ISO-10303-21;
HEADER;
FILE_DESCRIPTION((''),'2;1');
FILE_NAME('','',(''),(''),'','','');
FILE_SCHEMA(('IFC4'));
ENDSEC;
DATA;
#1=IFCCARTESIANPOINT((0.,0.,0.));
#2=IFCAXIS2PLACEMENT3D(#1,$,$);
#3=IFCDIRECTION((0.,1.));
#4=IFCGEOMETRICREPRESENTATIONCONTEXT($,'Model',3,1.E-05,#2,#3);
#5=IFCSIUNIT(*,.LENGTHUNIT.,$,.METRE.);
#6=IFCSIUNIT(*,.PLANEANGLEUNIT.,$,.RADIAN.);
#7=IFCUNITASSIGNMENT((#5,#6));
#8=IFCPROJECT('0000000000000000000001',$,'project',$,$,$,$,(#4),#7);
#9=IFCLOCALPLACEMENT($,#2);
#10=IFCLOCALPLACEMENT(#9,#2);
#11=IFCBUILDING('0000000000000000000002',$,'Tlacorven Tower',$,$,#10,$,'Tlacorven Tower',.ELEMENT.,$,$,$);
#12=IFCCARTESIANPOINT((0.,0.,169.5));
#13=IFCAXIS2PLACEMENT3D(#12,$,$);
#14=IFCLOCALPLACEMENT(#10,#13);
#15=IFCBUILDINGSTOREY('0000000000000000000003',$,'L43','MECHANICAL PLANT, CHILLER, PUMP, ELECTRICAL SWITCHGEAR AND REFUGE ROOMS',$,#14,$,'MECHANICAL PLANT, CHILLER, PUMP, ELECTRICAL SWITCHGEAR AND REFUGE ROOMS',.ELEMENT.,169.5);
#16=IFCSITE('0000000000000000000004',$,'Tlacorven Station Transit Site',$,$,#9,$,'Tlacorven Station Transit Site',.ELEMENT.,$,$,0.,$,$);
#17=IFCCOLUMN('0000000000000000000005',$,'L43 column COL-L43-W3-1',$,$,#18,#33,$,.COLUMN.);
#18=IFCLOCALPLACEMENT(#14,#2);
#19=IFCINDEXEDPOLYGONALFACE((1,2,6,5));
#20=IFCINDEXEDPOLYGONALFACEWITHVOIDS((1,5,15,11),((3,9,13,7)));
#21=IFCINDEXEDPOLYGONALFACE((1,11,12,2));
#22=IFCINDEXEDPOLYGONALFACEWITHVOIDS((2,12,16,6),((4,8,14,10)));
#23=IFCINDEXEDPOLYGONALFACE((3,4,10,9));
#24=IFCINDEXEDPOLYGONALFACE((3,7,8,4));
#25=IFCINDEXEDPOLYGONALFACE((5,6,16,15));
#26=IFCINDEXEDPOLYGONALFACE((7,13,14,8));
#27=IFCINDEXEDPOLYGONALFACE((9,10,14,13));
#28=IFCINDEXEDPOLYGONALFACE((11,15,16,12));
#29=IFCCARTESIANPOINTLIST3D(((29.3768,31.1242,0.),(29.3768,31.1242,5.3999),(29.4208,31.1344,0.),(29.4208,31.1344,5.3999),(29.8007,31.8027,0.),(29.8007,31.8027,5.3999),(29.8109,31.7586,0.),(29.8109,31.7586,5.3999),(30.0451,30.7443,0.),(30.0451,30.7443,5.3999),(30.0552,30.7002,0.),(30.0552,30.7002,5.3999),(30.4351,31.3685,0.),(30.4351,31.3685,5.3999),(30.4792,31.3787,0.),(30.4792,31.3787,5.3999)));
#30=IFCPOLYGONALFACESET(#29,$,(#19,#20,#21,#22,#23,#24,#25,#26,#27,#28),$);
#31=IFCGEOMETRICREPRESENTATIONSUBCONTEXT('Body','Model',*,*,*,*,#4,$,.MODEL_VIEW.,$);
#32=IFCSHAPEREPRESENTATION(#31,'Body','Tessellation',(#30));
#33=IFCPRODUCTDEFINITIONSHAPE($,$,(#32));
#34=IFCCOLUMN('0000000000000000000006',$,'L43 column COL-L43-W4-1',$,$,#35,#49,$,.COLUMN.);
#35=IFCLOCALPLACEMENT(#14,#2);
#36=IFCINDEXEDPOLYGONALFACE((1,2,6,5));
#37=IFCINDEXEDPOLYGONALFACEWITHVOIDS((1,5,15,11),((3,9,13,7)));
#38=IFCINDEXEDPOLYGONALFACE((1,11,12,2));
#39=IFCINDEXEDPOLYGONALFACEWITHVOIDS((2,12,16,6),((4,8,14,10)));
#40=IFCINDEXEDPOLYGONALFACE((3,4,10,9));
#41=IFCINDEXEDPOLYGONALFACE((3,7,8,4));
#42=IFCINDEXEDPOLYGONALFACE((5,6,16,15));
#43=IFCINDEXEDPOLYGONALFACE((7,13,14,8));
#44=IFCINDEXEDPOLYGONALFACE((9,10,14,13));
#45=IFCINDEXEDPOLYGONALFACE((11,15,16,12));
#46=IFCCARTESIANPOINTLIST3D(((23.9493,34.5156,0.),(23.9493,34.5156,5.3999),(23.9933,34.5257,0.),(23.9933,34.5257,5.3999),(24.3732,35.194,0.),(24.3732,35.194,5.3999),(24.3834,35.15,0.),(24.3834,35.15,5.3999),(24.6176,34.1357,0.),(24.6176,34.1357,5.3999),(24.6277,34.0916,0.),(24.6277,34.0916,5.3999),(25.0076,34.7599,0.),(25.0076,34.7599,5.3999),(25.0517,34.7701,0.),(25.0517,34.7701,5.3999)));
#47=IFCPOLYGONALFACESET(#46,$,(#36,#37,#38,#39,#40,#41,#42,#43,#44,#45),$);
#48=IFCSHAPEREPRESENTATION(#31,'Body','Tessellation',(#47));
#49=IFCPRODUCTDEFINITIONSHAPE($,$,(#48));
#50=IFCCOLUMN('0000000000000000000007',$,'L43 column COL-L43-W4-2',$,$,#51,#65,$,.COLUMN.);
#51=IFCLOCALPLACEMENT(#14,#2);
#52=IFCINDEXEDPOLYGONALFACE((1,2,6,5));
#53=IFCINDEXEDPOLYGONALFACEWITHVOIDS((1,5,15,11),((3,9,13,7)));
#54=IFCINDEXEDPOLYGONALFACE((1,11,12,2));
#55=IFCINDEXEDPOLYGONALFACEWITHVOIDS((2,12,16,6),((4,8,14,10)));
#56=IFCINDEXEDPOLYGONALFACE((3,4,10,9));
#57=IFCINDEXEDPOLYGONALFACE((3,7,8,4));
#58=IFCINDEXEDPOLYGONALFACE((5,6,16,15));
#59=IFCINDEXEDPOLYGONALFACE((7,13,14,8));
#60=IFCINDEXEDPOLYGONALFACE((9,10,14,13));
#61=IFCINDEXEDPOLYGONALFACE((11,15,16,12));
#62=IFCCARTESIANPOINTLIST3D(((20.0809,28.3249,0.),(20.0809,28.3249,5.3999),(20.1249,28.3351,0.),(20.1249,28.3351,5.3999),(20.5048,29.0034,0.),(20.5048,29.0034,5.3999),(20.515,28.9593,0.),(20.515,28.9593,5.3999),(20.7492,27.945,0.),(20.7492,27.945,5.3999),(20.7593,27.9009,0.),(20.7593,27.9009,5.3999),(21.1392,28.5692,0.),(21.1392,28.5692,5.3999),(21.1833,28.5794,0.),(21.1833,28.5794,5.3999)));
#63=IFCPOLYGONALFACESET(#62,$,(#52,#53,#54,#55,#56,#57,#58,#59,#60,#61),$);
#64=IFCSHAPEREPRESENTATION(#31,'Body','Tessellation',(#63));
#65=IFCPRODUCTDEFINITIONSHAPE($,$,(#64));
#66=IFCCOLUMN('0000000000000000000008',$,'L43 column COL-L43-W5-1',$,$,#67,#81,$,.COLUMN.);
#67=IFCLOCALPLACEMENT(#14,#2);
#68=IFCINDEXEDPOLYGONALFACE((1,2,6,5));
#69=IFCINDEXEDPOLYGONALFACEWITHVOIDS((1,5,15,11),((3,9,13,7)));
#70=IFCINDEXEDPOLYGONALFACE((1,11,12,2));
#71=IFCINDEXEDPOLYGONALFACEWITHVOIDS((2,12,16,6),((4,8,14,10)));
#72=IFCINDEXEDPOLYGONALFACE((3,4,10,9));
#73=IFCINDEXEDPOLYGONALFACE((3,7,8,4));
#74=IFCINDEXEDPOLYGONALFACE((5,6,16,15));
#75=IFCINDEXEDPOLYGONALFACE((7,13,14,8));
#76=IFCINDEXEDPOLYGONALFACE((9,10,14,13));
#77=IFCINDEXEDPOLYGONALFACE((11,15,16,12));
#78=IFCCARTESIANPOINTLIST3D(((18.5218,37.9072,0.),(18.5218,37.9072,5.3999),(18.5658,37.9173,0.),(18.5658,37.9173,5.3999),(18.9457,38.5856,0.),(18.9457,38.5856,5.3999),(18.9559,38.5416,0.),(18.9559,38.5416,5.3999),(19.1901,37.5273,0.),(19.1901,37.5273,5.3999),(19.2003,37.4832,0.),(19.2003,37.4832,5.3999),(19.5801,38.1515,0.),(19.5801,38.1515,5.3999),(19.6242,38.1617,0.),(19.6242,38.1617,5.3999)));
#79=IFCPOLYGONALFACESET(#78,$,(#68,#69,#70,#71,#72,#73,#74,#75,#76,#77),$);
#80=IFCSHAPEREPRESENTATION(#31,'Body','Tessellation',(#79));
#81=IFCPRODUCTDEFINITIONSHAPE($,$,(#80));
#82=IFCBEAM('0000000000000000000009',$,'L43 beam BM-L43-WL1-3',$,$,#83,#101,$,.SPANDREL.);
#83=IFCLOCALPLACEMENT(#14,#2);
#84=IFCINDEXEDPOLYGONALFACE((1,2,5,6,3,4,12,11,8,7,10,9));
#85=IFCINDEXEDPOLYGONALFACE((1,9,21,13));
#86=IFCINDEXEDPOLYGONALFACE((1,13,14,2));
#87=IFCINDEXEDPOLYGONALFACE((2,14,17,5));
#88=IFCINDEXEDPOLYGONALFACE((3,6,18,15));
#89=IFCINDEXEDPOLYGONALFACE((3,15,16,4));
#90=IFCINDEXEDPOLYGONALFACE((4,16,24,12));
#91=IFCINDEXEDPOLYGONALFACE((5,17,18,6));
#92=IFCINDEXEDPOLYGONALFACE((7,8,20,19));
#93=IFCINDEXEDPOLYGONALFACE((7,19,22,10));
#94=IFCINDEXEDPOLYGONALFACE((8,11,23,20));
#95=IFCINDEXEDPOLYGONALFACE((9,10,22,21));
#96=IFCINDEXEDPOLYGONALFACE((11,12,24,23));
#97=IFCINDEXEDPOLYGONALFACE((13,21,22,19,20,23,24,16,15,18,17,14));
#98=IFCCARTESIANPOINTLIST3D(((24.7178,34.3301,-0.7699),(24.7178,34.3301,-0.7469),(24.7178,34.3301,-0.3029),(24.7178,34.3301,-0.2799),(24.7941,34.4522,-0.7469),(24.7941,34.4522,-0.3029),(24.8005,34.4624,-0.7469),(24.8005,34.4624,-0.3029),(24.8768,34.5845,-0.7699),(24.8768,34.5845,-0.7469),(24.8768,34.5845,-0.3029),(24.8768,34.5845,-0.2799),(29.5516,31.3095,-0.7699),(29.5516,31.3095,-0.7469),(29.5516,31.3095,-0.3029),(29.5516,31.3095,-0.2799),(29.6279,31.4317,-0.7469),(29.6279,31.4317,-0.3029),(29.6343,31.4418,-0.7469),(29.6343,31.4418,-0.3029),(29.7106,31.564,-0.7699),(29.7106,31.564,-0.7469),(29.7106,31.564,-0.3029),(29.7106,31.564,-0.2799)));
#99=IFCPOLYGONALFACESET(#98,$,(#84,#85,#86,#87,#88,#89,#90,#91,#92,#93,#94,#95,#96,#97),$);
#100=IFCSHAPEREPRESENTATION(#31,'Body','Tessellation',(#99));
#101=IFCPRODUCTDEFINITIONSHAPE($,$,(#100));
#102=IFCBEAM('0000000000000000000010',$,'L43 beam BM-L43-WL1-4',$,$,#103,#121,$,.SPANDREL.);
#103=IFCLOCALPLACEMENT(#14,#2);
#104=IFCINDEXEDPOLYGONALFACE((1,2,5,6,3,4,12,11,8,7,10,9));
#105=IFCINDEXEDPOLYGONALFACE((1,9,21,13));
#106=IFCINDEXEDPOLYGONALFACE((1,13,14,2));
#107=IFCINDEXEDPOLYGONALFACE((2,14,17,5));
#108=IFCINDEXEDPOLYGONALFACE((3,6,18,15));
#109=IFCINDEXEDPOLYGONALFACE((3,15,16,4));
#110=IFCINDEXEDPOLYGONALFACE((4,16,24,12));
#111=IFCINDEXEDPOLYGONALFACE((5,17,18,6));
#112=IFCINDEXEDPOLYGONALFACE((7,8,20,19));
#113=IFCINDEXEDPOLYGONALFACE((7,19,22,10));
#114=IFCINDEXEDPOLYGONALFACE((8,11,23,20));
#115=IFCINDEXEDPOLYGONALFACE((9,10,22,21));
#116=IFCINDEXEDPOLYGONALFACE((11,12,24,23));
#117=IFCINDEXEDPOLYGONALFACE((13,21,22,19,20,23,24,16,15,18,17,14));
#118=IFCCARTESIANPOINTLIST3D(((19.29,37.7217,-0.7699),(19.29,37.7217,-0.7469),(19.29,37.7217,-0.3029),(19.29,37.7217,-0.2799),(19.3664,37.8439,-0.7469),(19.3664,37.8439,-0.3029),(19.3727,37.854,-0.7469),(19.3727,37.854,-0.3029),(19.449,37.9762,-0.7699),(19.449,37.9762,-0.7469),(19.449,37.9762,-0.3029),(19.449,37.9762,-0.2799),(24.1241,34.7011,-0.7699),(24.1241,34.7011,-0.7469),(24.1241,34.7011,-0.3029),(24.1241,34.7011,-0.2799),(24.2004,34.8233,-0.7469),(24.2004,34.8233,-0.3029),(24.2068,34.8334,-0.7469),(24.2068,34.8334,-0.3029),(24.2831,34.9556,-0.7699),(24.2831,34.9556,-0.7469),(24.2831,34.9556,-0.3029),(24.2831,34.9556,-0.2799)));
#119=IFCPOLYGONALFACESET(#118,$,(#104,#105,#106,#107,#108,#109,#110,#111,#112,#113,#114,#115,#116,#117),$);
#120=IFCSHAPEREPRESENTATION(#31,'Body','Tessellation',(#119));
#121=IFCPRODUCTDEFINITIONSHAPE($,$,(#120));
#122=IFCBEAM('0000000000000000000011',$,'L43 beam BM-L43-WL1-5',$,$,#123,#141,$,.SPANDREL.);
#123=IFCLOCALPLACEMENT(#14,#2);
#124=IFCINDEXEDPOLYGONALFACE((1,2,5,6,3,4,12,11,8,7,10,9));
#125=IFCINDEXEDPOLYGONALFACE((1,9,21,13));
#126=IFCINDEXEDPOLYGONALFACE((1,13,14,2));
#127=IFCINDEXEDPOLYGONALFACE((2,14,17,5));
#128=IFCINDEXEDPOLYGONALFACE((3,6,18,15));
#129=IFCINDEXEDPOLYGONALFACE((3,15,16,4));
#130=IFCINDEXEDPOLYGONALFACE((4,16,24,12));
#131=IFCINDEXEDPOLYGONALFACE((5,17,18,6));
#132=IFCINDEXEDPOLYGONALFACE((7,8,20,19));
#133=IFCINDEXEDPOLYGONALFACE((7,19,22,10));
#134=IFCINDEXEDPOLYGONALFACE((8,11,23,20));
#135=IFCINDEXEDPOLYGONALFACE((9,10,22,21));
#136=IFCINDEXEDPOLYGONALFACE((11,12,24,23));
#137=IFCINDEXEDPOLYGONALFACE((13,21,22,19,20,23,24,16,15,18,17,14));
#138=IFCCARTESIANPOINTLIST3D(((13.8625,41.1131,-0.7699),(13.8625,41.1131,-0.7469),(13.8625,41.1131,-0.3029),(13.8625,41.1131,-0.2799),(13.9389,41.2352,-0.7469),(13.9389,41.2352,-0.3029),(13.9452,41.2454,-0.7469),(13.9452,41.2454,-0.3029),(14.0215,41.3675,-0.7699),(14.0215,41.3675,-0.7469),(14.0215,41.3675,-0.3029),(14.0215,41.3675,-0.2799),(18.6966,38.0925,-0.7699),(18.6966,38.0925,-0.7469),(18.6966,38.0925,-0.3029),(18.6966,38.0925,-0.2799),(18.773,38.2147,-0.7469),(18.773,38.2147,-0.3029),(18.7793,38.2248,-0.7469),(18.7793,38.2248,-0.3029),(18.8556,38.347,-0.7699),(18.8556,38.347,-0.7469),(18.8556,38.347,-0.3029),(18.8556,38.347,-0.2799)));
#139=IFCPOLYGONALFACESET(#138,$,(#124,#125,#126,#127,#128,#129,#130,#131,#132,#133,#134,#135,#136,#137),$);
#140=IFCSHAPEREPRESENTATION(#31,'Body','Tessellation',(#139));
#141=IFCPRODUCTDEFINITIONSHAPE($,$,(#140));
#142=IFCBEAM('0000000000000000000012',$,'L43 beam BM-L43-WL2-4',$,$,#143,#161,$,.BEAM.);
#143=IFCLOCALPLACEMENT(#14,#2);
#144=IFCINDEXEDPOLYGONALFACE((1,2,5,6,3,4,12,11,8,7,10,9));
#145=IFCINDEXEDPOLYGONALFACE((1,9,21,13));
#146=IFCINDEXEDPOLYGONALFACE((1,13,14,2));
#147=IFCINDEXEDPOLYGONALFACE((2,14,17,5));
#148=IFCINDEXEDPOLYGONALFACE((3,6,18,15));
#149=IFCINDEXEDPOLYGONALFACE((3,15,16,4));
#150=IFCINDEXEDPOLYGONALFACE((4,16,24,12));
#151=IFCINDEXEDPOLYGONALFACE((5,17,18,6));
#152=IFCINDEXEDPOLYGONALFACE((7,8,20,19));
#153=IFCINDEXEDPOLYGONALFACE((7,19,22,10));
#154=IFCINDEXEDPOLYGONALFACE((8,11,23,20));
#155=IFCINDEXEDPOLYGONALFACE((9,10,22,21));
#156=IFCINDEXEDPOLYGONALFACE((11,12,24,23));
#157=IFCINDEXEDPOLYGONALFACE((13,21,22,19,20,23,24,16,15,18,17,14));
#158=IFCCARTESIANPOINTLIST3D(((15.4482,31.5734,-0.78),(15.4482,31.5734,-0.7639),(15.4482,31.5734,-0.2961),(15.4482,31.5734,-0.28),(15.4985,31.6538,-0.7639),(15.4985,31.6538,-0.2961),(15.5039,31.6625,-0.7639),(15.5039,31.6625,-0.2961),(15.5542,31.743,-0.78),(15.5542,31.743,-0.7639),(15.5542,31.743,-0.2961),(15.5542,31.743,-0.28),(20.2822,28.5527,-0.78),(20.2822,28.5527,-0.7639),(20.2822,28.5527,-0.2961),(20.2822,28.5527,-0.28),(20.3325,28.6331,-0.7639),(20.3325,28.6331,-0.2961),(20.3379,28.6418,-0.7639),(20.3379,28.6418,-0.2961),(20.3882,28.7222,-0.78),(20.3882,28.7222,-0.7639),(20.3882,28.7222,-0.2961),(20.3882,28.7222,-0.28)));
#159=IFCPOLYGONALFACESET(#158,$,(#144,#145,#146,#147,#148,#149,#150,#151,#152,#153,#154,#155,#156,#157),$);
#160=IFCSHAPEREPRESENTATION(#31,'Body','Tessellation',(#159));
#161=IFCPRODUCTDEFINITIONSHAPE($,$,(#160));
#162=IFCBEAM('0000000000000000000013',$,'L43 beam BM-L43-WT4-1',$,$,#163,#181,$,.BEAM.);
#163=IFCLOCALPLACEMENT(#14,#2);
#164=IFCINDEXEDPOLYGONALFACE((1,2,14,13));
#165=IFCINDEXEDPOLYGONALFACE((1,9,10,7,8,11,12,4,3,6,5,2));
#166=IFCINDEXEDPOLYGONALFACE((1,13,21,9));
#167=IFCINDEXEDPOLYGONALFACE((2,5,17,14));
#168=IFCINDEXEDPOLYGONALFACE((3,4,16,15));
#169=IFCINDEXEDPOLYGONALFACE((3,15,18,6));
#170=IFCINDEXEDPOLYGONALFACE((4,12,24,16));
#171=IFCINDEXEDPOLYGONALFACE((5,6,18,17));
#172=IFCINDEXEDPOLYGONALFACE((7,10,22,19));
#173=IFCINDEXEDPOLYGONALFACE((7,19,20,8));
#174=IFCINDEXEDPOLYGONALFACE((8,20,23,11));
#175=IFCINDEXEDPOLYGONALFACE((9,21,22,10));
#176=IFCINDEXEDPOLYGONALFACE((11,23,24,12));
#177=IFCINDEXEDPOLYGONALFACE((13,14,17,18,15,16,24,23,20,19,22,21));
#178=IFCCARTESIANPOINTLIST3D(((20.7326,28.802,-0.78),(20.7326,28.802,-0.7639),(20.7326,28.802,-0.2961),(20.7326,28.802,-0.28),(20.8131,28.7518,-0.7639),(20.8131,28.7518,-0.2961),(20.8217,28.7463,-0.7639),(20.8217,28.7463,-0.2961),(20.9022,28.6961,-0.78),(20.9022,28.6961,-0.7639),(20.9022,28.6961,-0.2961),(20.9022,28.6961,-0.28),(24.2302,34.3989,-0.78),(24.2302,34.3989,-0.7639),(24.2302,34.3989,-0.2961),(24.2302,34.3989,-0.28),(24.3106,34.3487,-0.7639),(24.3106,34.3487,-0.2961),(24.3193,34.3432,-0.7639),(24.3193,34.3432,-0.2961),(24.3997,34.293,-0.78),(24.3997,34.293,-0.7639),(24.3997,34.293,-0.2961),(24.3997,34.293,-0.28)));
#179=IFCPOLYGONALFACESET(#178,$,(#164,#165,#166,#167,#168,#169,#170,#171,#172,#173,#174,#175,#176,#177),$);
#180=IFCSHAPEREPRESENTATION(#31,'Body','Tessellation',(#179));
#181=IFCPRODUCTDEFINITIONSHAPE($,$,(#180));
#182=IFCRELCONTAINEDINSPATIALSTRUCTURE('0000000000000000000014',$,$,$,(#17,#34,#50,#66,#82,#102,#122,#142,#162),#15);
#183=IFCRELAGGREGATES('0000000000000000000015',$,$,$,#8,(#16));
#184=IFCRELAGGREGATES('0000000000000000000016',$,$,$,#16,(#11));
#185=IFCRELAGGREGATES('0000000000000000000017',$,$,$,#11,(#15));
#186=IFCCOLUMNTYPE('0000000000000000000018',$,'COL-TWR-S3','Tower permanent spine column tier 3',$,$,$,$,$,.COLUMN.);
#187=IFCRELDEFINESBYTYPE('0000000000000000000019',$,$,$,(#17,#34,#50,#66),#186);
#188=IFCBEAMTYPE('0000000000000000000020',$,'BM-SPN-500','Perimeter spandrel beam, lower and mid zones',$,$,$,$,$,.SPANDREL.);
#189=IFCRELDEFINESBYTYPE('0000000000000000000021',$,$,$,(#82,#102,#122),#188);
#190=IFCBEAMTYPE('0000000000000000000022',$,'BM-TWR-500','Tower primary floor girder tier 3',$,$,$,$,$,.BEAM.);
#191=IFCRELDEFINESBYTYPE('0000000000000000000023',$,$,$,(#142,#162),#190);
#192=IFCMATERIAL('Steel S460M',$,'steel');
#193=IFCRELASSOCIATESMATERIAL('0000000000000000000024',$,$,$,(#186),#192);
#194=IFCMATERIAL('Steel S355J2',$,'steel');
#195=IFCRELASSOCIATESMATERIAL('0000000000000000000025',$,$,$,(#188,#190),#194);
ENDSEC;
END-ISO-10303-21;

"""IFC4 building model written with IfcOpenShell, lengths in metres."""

from ifc_helpers import new_model, si_unit, direction, frame, origin, origin_2d, place, context, subcontext, project, spatial, hollow_rectangle, i_section, extrude, source, transform, mapped, material, material_profile, profile_set, type_object, element, save


model = new_model("IFC4")

# Units and contexts
model_context = context("Model", 3, precision=1e-05, world=origin(), true_north=direction((0.0, 1.0)))
body_context = subcontext(model_context, "Body", "Model", "MODEL_VIEW")
ifc_project = project(units=[si_unit("LENGTHUNIT", "METRE"), si_unit("PLANEANGLEUNIT", "RADIAN")], contexts=[model_context])

# Site, building, storey
site_placement = place(None, origin())
site = spatial("IfcSite", under=ifc_project, at=site_placement, Name="Tlacorven Station Transit Site", LongName="Tlacorven Station Transit Site", CompositionType="ELEMENT", RefElevation=0.0)
building_placement = place(site_placement, origin())
building = spatial("IfcBuilding", under=site, at=building_placement, Name="Tlacorven Tower", LongName="Tlacorven Tower", CompositionType="ELEMENT")
storey_placement = place(building_placement, frame((0.0, 0.0, 169.5)))
storey = spatial("IfcBuildingStorey", under=building, at=storey_placement, Name="L43", Description="MECHANICAL PLANT, CHILLER, PUMP, ELECTRICAL SWITCHGEAR AND REFUGE ROOMS", LongName="MECHANICAL PLANT, CHILLER, PUMP, ELECTRICAL SWITCHGEAR AND REFUGE ROOMS", CompositionType="ELEMENT", Elevation=169.5)

# Columns
ifc_material_1 = material(Name="Steel S460M", Category="steel")
ifc_material_profile_1 = material_profile(ifc_material_1, hollow_rectangle(XDim=0.8, YDim=0.8, WallThickness=0.032, at=origin_2d()), Name="BOX 800X800X32")
ifc_profile_set_1 = profile_set([ifc_material_profile_1], Name="Steel S460M")
column_type = type_object("IfcColumnType", Name="COL-TWR-S3", Description="Tower permanent spine column tier 3", PredefinedType="COLUMN", material=ifc_profile_set_1)
shared_shape_1 = source(origin(), body_context, "Body", "SweptSolid", [
    extrude(hollow_rectangle(XDim=0.8, YDim=0.8, WallThickness=0.032, at=origin_2d()), origin(), (0.0, 0.0, 1.0), 5.3999),
])
for number, where, z_axis, x_axis, name in (
    (1, (29.928, 31.2515, 0.0), (0.0, 0.0, 1.0), (-0.848048, 0.529919, 0.0), "L43 column COL-L43-W3-1"),
    (2, (24.5005, 34.6428, 0.0), (0.0, 0.0, 1.0), (-0.848048, 0.529919, 0.0), "L43 column COL-L43-W4-1"),
    (3, (20.6321, 28.4521, 0.0), (0.0, 0.0, 1.0), (-0.848048, 0.529919, 0.0), "L43 column COL-L43-W4-2"),
    (4, (19.073, 38.0344, 0.0), (0.0, 0.0, 1.0), (-0.848048, 0.529919, 0.0), "L43 column COL-L43-W5-1"),
):
    element("IfcColumn", number, at=place(storey_placement, frame(where, z_axis=z_axis, x_axis=x_axis)), inside=storey, type_object=column_type, Name=name, PredefinedType="COLUMN", context=body_context, shape_type="MappedRepresentation", body=[
        mapped(shared_shape_1, transform((0.0, 0.0, 0.0), scale=1.0)),
    ])

# Beams
ifc_material_2 = material(Name="Steel S355J2", Category="steel")
ifc_material_profile_2 = material_profile(ifc_material_2, i_section(OverallWidth=0.3, OverallDepth=0.49, WebThickness=0.012, FlangeThickness=0.0229, at=origin_2d()), Name="HEA 500")
ifc_profile_set_2 = profile_set([ifc_material_profile_2], Name="Steel S355J2")
beam_type_1 = type_object("IfcBeamType", Name="BM-SPN-500", Description="Perimeter spandrel beam, lower and mid zones", PredefinedType="SPANDREL", material=ifc_profile_set_2)
shared_shape_2 = source(origin(), body_context, "Body", "SweptSolid", [
    extrude(i_section(OverallWidth=0.3, OverallDepth=0.49, WebThickness=0.012, FlangeThickness=0.0229, at=origin_2d()), origin(), (0.0, 0.0, 1.0), 5.7),
])
beam_1_placement = place(storey_placement, frame((29.6311, 31.4368, -0.5249), z_axis=(-0.848044, 0.529926, 0.0), x_axis=(-0.529926, -0.848044, 0.0)))
element("IfcBeam", 5, at=beam_1_placement, inside=storey, type_object=beam_type_1, Name="L43 beam BM-L43-WL1-3", PredefinedType="SPANDREL", context=body_context, shape_type="MappedRepresentation", body=[
    mapped(shared_shape_2, transform((0.0, 0.0, 0.0), scale=1.0)),
])
shared_shape_3 = source(origin(), body_context, "Body", "SweptSolid", [
    extrude(i_section(OverallWidth=0.3, OverallDepth=0.49, WebThickness=0.012, FlangeThickness=0.0229, at=origin_2d()), origin(), (0.0, 0.0, 1.0), 5.7002),
])
for number, where, z_axis, x_axis, name in (
    (6, (24.2036, 34.8284, -0.5249), (-0.848056, 0.529907, 0.0), (-0.529907, -0.848056, 0.0), "L43 beam BM-L43-WL1-4"),
    (7, (18.7761, 38.2197, -0.5249), (-0.848056, 0.529907, 0.0), (-0.529907, -0.848056, 0.0), "L43 beam BM-L43-WL1-5"),
):
    element("IfcBeam", number, at=place(storey_placement, frame(where, z_axis=z_axis, x_axis=x_axis)), inside=storey, type_object=beam_type_1, Name=name, PredefinedType="SPANDREL", context=body_context, shape_type="MappedRepresentation", body=[
        mapped(shared_shape_3, transform((0.0, 0.0, 0.0), scale=1.0)),
    ])
ifc_material_profile_3 = material_profile(ifc_material_2, i_section(OverallWidth=0.2, OverallDepth=0.5, WebThickness=0.0103, FlangeThickness=0.0161, at=origin_2d()), Name="IPE 500")
ifc_profile_set_3 = profile_set([ifc_material_profile_3], Name="Steel S355J2")
beam_type_2 = type_object("IfcBeamType", Name="BM-TWR-500", Description="Tower primary floor girder tier 3", PredefinedType="BEAM", material=ifc_profile_set_3)
shared_shape_4 = source(origin(), body_context, "Body", "SweptSolid", [
    extrude(i_section(OverallWidth=0.2, OverallDepth=0.5, WebThickness=0.0103, FlangeThickness=0.0161, at=origin_2d()), origin(), (0.0, 0.0, 1.0), 5.7002),
])
beam_2_placement = place(storey_placement, frame((20.3352, 28.6375, -0.53), z_axis=(-0.848037, 0.529937, 0.0), x_axis=(-0.529937, -0.848037, 0.0)))
element("IfcBeam", 8, at=beam_2_placement, inside=storey, type_object=beam_type_2, Name="L43 beam BM-L43-WL2-4", PredefinedType="BEAM", context=body_context, shape_type="MappedRepresentation", body=[
    mapped(shared_shape_4, transform((0.0, 0.0, 0.0), scale=1.0)),
])
shared_shape_5 = source(origin(), body_context, "Body", "SweptSolid", [
    extrude(i_section(OverallWidth=0.2, OverallDepth=0.5, WebThickness=0.0103, FlangeThickness=0.0161, at=origin_2d()), origin(), (0.0, 0.0, 1.0), 6.5999),
])
beam_3_placement = place(storey_placement, frame((24.3149, 34.3459, -0.53), z_axis=(-0.529942, -0.848034, 0.0), x_axis=(0.848034, -0.529942, 0.0)))
element("IfcBeam", 9, at=beam_3_placement, inside=storey, type_object=beam_type_2, Name="L43 beam BM-L43-WT4-1", PredefinedType="BEAM", context=body_context, shape_type="MappedRepresentation", body=[
    mapped(shared_shape_5, transform((0.0, 0.0, 0.0), scale=1.0)),
])

save(model, "model.ifc")
